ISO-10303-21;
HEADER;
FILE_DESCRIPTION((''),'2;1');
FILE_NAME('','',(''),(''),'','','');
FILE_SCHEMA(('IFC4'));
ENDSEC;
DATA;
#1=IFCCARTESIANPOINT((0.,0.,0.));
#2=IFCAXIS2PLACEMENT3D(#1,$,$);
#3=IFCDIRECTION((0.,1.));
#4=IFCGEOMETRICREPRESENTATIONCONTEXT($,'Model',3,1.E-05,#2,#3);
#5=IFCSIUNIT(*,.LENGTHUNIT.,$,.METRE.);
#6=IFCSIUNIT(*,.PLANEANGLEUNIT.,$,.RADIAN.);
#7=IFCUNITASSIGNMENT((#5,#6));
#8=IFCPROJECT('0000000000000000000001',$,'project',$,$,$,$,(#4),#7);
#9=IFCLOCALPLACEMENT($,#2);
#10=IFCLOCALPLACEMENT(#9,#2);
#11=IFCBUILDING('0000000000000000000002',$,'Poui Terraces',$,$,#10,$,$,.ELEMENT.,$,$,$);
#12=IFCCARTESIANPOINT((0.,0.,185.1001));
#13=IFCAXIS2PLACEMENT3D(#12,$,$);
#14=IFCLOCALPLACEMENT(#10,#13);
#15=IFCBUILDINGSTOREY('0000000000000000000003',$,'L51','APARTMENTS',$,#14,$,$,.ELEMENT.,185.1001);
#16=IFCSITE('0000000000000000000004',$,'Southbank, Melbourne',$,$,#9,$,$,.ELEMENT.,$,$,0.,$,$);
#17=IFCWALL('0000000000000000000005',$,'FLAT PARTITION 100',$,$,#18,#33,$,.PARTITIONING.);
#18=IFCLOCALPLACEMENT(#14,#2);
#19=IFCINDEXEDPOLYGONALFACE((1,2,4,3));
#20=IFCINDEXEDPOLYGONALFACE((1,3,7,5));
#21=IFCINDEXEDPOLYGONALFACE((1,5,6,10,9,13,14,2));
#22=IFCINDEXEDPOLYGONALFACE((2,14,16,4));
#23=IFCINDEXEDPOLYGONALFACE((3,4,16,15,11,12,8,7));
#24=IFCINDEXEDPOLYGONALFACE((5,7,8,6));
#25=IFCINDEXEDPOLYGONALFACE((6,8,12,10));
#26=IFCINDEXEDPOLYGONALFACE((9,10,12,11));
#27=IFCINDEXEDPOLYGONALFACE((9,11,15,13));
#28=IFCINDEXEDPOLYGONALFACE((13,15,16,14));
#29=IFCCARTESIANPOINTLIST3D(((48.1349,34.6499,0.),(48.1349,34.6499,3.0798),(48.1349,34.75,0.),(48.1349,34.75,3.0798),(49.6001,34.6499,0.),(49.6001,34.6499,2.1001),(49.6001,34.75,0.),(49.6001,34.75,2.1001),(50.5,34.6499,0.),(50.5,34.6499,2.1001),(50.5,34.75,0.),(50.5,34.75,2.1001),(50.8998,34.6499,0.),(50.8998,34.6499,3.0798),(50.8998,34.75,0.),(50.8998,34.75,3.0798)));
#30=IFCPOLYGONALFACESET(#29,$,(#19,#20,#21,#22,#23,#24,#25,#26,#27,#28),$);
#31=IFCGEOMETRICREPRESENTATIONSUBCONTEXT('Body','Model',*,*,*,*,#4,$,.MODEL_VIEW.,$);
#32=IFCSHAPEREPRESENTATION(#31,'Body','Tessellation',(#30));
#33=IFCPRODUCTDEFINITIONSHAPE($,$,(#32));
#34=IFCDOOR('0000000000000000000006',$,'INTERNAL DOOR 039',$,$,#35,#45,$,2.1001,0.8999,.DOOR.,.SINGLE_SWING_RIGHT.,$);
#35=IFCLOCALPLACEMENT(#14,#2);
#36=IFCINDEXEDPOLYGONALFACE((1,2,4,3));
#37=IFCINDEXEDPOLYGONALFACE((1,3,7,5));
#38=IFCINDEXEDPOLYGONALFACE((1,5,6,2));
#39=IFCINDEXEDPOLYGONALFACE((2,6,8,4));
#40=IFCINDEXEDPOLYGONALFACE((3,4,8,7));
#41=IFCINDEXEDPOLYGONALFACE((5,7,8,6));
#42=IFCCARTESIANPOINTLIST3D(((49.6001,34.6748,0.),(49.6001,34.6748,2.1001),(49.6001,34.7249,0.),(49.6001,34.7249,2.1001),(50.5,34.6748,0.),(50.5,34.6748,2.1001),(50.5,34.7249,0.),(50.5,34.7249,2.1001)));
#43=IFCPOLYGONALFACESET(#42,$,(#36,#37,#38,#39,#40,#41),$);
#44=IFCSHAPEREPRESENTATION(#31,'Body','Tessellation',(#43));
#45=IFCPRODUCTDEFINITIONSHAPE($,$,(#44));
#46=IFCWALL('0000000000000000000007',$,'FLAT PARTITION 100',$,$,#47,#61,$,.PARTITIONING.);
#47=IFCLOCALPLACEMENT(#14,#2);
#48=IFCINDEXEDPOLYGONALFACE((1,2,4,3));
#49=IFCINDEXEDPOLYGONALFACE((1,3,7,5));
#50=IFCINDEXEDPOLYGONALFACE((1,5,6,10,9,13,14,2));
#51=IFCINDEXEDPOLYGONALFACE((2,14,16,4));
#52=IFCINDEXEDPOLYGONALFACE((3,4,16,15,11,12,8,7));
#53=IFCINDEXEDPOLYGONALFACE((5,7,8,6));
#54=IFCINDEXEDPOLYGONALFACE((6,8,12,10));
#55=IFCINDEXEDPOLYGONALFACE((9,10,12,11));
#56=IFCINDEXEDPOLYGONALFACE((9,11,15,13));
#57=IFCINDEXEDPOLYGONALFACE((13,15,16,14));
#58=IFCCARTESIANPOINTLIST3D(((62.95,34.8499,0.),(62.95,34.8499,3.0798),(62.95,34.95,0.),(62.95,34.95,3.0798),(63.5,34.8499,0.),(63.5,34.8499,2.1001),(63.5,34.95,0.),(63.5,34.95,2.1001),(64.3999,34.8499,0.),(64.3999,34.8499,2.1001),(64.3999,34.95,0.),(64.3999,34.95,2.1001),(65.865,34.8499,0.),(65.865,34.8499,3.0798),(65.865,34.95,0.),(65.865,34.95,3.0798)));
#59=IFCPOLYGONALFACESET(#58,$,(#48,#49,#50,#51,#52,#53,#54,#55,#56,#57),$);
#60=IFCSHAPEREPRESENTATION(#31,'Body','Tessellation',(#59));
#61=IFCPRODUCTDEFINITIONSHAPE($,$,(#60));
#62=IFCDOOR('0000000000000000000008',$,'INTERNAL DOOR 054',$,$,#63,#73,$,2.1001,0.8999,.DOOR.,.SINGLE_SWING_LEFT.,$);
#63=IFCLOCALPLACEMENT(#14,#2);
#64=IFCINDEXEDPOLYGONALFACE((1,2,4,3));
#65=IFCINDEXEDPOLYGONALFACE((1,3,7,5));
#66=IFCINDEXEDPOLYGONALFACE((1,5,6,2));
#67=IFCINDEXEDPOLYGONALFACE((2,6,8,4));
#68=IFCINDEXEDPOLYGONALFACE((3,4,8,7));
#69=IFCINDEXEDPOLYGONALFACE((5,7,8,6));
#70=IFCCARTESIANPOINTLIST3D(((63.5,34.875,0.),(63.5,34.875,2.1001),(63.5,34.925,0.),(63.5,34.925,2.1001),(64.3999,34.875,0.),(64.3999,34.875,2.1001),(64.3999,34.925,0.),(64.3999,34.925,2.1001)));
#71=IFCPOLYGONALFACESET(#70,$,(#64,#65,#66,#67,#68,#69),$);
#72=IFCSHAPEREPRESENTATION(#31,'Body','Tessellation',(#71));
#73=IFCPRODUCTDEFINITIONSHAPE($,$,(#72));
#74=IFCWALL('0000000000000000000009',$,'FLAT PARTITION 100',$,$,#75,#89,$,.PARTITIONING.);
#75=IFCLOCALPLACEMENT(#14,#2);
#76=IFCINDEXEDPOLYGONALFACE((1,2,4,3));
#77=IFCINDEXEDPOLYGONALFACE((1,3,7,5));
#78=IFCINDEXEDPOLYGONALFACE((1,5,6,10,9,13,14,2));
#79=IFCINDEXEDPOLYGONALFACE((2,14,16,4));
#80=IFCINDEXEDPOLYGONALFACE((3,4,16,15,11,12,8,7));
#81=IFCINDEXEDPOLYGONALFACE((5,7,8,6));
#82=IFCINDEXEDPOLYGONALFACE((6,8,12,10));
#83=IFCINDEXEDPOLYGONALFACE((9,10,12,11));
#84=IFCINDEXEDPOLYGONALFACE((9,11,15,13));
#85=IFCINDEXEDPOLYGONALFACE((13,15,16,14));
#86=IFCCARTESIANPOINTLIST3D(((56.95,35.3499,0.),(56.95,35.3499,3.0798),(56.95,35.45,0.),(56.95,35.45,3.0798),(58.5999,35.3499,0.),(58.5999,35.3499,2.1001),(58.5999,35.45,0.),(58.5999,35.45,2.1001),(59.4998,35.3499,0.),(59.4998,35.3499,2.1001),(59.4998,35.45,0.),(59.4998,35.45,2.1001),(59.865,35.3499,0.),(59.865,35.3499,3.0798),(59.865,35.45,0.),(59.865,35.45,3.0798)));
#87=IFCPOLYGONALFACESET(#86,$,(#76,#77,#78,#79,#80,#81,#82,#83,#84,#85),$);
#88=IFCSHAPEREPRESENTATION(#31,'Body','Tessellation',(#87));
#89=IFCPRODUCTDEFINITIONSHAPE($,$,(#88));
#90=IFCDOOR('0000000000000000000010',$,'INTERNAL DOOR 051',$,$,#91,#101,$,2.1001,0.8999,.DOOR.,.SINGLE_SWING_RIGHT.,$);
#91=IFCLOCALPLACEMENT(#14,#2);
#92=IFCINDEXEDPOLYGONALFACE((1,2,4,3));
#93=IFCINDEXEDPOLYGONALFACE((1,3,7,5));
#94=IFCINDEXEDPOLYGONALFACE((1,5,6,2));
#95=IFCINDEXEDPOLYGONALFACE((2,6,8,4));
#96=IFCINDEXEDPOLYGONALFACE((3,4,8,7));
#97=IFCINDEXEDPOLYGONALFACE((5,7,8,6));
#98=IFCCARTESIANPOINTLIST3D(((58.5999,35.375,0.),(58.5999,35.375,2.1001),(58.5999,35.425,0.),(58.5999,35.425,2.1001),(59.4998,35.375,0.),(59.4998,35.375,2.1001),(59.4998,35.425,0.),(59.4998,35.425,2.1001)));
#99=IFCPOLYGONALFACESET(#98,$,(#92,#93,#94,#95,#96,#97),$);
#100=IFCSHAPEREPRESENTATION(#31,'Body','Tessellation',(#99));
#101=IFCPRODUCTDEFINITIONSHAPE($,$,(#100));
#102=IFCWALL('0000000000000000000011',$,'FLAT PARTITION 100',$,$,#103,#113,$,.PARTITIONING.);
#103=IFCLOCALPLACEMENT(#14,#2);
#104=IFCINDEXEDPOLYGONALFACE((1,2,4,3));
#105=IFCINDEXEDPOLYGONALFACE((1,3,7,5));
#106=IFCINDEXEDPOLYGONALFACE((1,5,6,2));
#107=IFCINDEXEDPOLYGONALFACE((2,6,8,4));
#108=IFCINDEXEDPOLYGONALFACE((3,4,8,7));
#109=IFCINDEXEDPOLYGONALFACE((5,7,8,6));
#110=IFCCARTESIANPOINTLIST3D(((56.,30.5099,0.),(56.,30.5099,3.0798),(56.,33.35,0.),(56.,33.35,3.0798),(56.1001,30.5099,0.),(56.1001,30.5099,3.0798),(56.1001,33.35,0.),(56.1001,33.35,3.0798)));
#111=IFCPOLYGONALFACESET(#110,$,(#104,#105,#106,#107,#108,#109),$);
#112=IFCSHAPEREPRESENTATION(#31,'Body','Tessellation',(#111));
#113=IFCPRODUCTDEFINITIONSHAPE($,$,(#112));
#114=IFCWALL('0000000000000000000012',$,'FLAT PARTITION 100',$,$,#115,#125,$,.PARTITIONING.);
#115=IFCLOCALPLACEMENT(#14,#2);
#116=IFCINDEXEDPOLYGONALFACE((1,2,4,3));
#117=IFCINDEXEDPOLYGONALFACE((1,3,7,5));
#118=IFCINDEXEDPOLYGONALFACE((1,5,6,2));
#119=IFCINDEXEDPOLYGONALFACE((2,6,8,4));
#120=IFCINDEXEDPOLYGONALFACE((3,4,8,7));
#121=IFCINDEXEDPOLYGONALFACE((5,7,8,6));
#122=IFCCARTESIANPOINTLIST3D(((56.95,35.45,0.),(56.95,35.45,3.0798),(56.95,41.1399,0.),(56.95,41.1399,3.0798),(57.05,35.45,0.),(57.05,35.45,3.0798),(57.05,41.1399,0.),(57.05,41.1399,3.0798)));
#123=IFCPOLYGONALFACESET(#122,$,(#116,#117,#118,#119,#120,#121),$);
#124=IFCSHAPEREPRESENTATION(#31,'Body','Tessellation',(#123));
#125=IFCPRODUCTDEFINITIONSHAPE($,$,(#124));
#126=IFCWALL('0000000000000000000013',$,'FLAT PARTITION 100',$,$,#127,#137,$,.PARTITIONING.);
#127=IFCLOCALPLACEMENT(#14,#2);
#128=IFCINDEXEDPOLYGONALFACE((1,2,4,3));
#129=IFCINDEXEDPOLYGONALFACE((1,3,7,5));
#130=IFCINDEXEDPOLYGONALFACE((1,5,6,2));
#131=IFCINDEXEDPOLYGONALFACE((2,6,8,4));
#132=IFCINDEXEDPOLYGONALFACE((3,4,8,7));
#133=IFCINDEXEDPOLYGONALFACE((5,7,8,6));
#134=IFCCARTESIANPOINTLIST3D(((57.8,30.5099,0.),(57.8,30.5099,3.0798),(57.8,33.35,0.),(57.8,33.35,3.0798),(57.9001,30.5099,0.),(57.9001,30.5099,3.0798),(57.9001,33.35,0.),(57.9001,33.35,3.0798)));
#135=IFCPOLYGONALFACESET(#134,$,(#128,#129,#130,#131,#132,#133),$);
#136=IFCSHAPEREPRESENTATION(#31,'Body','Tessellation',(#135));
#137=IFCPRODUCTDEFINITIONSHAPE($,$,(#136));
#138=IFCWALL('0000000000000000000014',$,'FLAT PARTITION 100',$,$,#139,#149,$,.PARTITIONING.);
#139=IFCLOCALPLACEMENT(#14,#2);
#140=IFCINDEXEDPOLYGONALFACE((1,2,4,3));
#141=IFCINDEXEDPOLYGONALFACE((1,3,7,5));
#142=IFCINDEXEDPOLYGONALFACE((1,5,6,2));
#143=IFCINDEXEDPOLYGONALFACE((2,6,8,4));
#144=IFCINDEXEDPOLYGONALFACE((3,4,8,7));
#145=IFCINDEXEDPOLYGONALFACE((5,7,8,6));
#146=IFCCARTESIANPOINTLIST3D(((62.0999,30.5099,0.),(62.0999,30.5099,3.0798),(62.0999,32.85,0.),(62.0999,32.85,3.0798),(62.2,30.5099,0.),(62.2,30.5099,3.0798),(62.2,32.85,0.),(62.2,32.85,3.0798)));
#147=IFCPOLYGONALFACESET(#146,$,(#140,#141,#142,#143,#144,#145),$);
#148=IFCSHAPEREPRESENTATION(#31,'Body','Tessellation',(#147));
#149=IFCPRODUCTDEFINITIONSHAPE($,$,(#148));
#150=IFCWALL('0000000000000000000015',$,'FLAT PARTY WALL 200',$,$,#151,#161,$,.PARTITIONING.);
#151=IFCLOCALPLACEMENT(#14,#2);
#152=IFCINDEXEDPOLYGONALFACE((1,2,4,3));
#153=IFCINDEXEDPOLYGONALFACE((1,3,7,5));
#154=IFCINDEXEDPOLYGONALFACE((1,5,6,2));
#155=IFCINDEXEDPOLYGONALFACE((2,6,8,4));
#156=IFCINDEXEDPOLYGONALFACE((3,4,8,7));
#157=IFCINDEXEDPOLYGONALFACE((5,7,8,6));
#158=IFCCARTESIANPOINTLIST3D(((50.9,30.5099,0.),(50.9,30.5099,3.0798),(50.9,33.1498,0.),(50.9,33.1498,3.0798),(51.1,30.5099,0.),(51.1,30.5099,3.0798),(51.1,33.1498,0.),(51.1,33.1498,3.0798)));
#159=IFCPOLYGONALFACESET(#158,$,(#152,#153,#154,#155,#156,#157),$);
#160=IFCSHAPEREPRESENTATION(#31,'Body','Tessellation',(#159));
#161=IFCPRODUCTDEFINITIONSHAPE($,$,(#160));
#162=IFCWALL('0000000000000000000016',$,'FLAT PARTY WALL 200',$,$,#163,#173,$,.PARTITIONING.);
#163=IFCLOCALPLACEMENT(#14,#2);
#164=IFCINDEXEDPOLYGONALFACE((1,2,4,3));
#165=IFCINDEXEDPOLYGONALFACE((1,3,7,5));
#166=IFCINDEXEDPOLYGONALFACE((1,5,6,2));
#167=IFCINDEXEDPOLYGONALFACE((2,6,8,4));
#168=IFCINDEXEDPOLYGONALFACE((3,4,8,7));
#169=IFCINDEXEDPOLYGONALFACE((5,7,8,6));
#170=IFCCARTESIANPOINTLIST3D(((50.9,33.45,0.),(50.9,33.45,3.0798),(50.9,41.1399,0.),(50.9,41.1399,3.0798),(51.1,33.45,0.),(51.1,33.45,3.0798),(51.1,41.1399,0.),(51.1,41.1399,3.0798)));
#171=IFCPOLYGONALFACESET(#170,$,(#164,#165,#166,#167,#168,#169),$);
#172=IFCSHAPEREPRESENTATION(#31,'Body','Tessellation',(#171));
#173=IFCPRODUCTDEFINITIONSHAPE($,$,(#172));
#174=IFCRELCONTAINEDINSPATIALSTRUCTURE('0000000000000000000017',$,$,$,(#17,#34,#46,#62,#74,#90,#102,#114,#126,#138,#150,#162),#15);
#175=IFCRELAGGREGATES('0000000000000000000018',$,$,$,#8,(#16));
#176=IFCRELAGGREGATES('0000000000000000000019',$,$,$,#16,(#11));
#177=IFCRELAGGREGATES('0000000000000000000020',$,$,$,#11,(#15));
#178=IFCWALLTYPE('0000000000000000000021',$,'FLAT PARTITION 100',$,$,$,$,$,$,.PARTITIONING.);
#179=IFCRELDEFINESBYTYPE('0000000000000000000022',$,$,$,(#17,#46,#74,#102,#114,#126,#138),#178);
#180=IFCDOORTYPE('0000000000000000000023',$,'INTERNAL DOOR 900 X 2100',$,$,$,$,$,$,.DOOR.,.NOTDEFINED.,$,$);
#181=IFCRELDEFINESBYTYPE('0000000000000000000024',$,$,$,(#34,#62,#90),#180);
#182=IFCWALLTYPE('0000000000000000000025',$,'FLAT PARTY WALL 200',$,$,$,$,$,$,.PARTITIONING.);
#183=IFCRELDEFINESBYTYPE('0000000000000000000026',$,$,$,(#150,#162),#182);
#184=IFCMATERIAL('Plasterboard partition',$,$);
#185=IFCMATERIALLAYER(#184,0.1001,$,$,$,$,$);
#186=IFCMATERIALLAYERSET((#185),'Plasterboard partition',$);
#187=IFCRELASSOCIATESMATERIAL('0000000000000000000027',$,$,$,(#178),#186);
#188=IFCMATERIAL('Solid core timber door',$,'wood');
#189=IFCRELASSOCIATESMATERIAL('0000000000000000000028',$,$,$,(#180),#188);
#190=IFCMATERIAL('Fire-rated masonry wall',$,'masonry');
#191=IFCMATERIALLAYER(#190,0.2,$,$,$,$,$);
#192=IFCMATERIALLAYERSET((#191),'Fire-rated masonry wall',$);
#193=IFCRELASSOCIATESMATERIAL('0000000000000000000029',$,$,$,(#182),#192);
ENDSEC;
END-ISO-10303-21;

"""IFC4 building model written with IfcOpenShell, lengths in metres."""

from ifc_helpers import new_model, si_unit, direction, frame, frame_2d, origin, place, context, subcontext, project, spatial, rectangle, extrude, material, layer, layer_set, type_object, element, fill, save


model = new_model("IFC4")

# Units and contexts
model_context = context("Model", 3, precision=1e-05, world=origin(), true_north=direction((0.0, 1.0)))
body_context = subcontext(model_context, "Body", "Model", "MODEL_VIEW")
ifc_project = project(units=[si_unit("LENGTHUNIT", "METRE"), si_unit("PLANEANGLEUNIT", "RADIAN")], contexts=[model_context])

# Site, building, storey
site_placement = place(None, origin())
site = spatial("IfcSite", under=ifc_project, at=site_placement, Name="Southbank, Melbourne", CompositionType="ELEMENT", RefElevation=0.0)
building_placement = place(site_placement, origin())
building = spatial("IfcBuilding", under=site, at=building_placement, Name="Poui Terraces", CompositionType="ELEMENT")
storey_placement = place(building_placement, frame((0.0, 0.0, 185.1001)))
storey = spatial("IfcBuildingStorey", under=building, at=storey_placement, Name="L51", Description="APARTMENTS", CompositionType="ELEMENT", Elevation=185.1001)

# Walls, openings, doors
ifc_material_1 = material(Name="Plasterboard partition")
ifc_layer_1 = layer(ifc_material_1, 0.1001)
ifc_layer_set_1 = layer_set([ifc_layer_1], Name="Plasterboard partition")
wall_type_1 = type_object("IfcWallType", Name="FLAT PARTITION 100", PredefinedType="PARTITIONING", material=ifc_layer_set_1)
ifc_material_2 = material(Name="Solid core timber door", Category="wood")
door_type_1 = type_object("IfcDoorType", Name="INTERNAL DOOR 900 X 2100", OperationType="NOTDEFINED", PredefinedType="DOOR", material=ifc_material_2)
wall_1_placement = place(storey_placement, frame((48.135, 34.7, 0.0), z_axis=(0.0, 0.0, 1.0), x_axis=(1.0, 0.0, 0.0)))
wall_1 = element("IfcWall", 1, at=wall_1_placement, inside=storey, type_object=wall_type_1, Name="FLAT PARTITION 100", PredefinedType="PARTITIONING", context=body_context, shape_type="SweptSolid", body=[
    extrude(rectangle(XDim=2.7649, YDim=0.1001, at=frame_2d((1.3823, 0.0))), origin(), (0.0, 0.0, 1.0), 3.0798),
])
opening_1_placement = place(wall_1_placement, frame((1.4651, 0.0, 0.0)))
opening_1 = element("IfcOpeningElement", 2, at=opening_1_placement, cuts=wall_1, PredefinedType="OPENING", context=body_context, shape_type="SweptSolid", body=[
    extrude(rectangle(XDim=0.8999, YDim=2.1001, at=frame_2d((0.45, 1.05))), frame((0.0, 0.0601, 0.0), z_axis=(0.0, -1.0, 0.0), x_axis=(1.0, 0.0, 0.0)), (0.0, 0.0, 1.0), 0.1201),
])
door_1_placement = place(opening_1_placement, origin())
door_1 = element("IfcDoor", 3, at=door_1_placement, inside=storey, type_object=door_type_1, Name="INTERNAL DOOR 039", OperationType="SINGLE_SWING_RIGHT", OverallHeight=2.1001, OverallWidth=0.8999, PredefinedType="DOOR", context=body_context, shape_type="SweptSolid", body=[
    extrude(rectangle(XDim=0.8999, YDim=2.1001, at=frame_2d((0.45, 1.05))), frame((0.0, 0.0249, 0.0), z_axis=(0.0, -1.0, 0.0), x_axis=(1.0, 0.0, 0.0)), (0.0, 0.0, 1.0), 0.05),
])
fill(opening_1, door_1)
wall_2_placement = place(storey_placement, frame((62.95, 34.8999, 0.0), z_axis=(0.0, 0.0, 1.0), x_axis=(1.0, 0.0, 0.0)))
wall_2 = element("IfcWall", 4, at=wall_2_placement, inside=storey, type_object=wall_type_1, Name="FLAT PARTITION 100", PredefinedType="PARTITIONING", context=body_context, shape_type="SweptSolid", body=[
    extrude(rectangle(XDim=2.915, YDim=0.1001, at=frame_2d((1.4575, 0.0))), origin(), (0.0, 0.0, 1.0), 3.0798),
])
opening_2_placement = place(wall_2_placement, frame((0.55, 0.0, 0.0)))
opening_2 = element("IfcOpeningElement", 5, at=opening_2_placement, cuts=wall_2, PredefinedType="OPENING", context=body_context, shape_type="SweptSolid", body=[
    extrude(rectangle(XDim=0.8999, YDim=2.1001, at=frame_2d((0.45, 1.05))), frame((0.0, 0.0601, 0.0), z_axis=(0.0, -1.0, 0.0), x_axis=(1.0, 0.0, 0.0)), (0.0, 0.0, 1.0), 0.1201),
])
door_2_placement = place(opening_2_placement, frame((0.8999, 0.0, 0.0), z_axis=(0.0, 0.0, 1.0), x_axis=(-1.0, 0.0, 0.0)))
door_2 = element("IfcDoor", 6, at=door_2_placement, inside=storey, type_object=door_type_1, Name="INTERNAL DOOR 054", OperationType="SINGLE_SWING_LEFT", OverallHeight=2.1001, OverallWidth=0.8999, PredefinedType="DOOR", context=body_context, shape_type="SweptSolid", body=[
    extrude(rectangle(XDim=0.8999, YDim=2.1001, at=frame_2d((0.45, 1.05))), frame((0.0, 0.0249, 0.0), z_axis=(0.0, -1.0, 0.0), x_axis=(1.0, 0.0, 0.0)), (0.0, 0.0, 1.0), 0.05),
])
fill(opening_2, door_2)
wall_3_placement = place(storey_placement, frame((56.95, 35.3999, 0.0), z_axis=(0.0, 0.0, 1.0), x_axis=(1.0, 0.0, 0.0)))
wall_3 = element("IfcWall", 7, at=wall_3_placement, inside=storey, type_object=wall_type_1, Name="FLAT PARTITION 100", PredefinedType="PARTITIONING", context=body_context, shape_type="SweptSolid", body=[
    extrude(rectangle(XDim=2.915, YDim=0.1001, at=frame_2d((1.4575, 0.0))), origin(), (0.0, 0.0, 1.0), 3.0798),
])
opening_3_placement = place(wall_3_placement, frame((1.6499, 0.0, 0.0)))
opening_3 = element("IfcOpeningElement", 8, at=opening_3_placement, cuts=wall_3, PredefinedType="OPENING", context=body_context, shape_type="SweptSolid", body=[
    extrude(rectangle(XDim=0.8999, YDim=2.1001, at=frame_2d((0.45, 1.05))), frame((0.0, 0.0601, 0.0), z_axis=(0.0, -1.0, 0.0), x_axis=(1.0, 0.0, 0.0)), (0.0, 0.0, 1.0), 0.1201),
])
door_3_placement = place(opening_3_placement, frame((0.8999, 0.0, 0.0), z_axis=(0.0, 0.0, 1.0), x_axis=(-1.0, 0.0, 0.0)))
door_3 = element("IfcDoor", 9, at=door_3_placement, inside=storey, type_object=door_type_1, Name="INTERNAL DOOR 051", OperationType="SINGLE_SWING_RIGHT", OverallHeight=2.1001, OverallWidth=0.8999, PredefinedType="DOOR", context=body_context, shape_type="SweptSolid", body=[
    extrude(rectangle(XDim=0.8999, YDim=2.1001, at=frame_2d((0.45, 1.05))), frame((0.0, 0.0249, 0.0), z_axis=(0.0, -1.0, 0.0), x_axis=(1.0, 0.0, 0.0)), (0.0, 0.0, 1.0), 0.05),
])
fill(opening_3, door_3)

# Walls
wall_4_placement = place(storey_placement, frame((56.05, 30.51, 0.0), z_axis=(0.0, 0.0, 1.0), x_axis=(0.0, 1.0, 0.0)))
element("IfcWall", 10, at=wall_4_placement, inside=storey, type_object=wall_type_1, Name="FLAT PARTITION 100", PredefinedType="PARTITIONING", context=body_context, shape_type="SweptSolid", body=[
    extrude(rectangle(XDim=2.8401, YDim=0.1001, at=frame_2d((1.4199, 0.0))), origin(), (0.0, 0.0, 1.0), 3.0798),
])
wall_5_placement = place(storey_placement, frame((57.0, 35.45, 0.0), z_axis=(0.0, 0.0, 1.0), x_axis=(0.0, 1.0, 0.0)))
element("IfcWall", 11, at=wall_5_placement, inside=storey, type_object=wall_type_1, Name="FLAT PARTITION 100", PredefinedType="PARTITIONING", context=body_context, shape_type="SweptSolid", body=[
    extrude(rectangle(XDim=5.6899, YDim=0.1001, at=frame_2d((2.845, 0.0))), origin(), (0.0, 0.0, 1.0), 3.0798),
])
wall_6_placement = place(storey_placement, frame((57.8501, 30.51, 0.0), z_axis=(0.0, 0.0, 1.0), x_axis=(0.0, 1.0, 0.0)))
element("IfcWall", 12, at=wall_6_placement, inside=storey, type_object=wall_type_1, Name="FLAT PARTITION 100", PredefinedType="PARTITIONING", context=body_context, shape_type="SweptSolid", body=[
    extrude(rectangle(XDim=2.8401, YDim=0.1001, at=frame_2d((1.4199, 0.0))), origin(), (0.0, 0.0, 1.0), 3.0798),
])
wall_7_placement = place(storey_placement, frame((62.1499, 30.51, 0.0), z_axis=(0.0, 0.0, 1.0), x_axis=(0.0, 1.0, 0.0)))
element("IfcWall", 13, at=wall_7_placement, inside=storey, type_object=wall_type_1, Name="FLAT PARTITION 100", PredefinedType="PARTITIONING", context=body_context, shape_type="SweptSolid", body=[
    extrude(rectangle(XDim=2.3401, YDim=0.1001, at=frame_2d((1.1699, 0.0))), origin(), (0.0, 0.0, 1.0), 3.0798),
])
ifc_material_3 = material(Name="Fire-rated masonry wall", Category="masonry")
ifc_layer_2 = layer(ifc_material_3, 0.2)
ifc_layer_set_2 = layer_set([ifc_layer_2], Name="Fire-rated masonry wall")
wall_type_2 = type_object("IfcWallType", Name="FLAT PARTY WALL 200", PredefinedType="PARTITIONING", material=ifc_layer_set_2)
wall_8_placement = place(storey_placement, frame((51.0, 30.51, 0.0), z_axis=(0.0, 0.0, 1.0), x_axis=(0.0, 1.0, 0.0)))
element("IfcWall", 14, at=wall_8_placement, inside=storey, type_object=wall_type_2, Name="FLAT PARTY WALL 200", PredefinedType="PARTITIONING", context=body_context, shape_type="SweptSolid", body=[
    extrude(rectangle(XDim=2.6399, YDim=0.2, at=frame_2d((1.3198, 0.0))), origin(), (0.0, 0.0, 1.0), 3.0798),
])
wall_9_placement = place(storey_placement, frame((51.0, 33.45, 0.0), z_axis=(0.0, 0.0, 1.0), x_axis=(0.0, 1.0, 0.0)))
element("IfcWall", 15, at=wall_9_placement, inside=storey, type_object=wall_type_2, Name="FLAT PARTY WALL 200", PredefinedType="PARTITIONING", context=body_context, shape_type="SweptSolid", body=[
    extrude(rectangle(XDim=7.6899, YDim=0.2, at=frame_2d((3.845, 0.0))), origin(), (0.0, 0.0, 1.0), 3.0798),
])

save(model, "model.ifc")
